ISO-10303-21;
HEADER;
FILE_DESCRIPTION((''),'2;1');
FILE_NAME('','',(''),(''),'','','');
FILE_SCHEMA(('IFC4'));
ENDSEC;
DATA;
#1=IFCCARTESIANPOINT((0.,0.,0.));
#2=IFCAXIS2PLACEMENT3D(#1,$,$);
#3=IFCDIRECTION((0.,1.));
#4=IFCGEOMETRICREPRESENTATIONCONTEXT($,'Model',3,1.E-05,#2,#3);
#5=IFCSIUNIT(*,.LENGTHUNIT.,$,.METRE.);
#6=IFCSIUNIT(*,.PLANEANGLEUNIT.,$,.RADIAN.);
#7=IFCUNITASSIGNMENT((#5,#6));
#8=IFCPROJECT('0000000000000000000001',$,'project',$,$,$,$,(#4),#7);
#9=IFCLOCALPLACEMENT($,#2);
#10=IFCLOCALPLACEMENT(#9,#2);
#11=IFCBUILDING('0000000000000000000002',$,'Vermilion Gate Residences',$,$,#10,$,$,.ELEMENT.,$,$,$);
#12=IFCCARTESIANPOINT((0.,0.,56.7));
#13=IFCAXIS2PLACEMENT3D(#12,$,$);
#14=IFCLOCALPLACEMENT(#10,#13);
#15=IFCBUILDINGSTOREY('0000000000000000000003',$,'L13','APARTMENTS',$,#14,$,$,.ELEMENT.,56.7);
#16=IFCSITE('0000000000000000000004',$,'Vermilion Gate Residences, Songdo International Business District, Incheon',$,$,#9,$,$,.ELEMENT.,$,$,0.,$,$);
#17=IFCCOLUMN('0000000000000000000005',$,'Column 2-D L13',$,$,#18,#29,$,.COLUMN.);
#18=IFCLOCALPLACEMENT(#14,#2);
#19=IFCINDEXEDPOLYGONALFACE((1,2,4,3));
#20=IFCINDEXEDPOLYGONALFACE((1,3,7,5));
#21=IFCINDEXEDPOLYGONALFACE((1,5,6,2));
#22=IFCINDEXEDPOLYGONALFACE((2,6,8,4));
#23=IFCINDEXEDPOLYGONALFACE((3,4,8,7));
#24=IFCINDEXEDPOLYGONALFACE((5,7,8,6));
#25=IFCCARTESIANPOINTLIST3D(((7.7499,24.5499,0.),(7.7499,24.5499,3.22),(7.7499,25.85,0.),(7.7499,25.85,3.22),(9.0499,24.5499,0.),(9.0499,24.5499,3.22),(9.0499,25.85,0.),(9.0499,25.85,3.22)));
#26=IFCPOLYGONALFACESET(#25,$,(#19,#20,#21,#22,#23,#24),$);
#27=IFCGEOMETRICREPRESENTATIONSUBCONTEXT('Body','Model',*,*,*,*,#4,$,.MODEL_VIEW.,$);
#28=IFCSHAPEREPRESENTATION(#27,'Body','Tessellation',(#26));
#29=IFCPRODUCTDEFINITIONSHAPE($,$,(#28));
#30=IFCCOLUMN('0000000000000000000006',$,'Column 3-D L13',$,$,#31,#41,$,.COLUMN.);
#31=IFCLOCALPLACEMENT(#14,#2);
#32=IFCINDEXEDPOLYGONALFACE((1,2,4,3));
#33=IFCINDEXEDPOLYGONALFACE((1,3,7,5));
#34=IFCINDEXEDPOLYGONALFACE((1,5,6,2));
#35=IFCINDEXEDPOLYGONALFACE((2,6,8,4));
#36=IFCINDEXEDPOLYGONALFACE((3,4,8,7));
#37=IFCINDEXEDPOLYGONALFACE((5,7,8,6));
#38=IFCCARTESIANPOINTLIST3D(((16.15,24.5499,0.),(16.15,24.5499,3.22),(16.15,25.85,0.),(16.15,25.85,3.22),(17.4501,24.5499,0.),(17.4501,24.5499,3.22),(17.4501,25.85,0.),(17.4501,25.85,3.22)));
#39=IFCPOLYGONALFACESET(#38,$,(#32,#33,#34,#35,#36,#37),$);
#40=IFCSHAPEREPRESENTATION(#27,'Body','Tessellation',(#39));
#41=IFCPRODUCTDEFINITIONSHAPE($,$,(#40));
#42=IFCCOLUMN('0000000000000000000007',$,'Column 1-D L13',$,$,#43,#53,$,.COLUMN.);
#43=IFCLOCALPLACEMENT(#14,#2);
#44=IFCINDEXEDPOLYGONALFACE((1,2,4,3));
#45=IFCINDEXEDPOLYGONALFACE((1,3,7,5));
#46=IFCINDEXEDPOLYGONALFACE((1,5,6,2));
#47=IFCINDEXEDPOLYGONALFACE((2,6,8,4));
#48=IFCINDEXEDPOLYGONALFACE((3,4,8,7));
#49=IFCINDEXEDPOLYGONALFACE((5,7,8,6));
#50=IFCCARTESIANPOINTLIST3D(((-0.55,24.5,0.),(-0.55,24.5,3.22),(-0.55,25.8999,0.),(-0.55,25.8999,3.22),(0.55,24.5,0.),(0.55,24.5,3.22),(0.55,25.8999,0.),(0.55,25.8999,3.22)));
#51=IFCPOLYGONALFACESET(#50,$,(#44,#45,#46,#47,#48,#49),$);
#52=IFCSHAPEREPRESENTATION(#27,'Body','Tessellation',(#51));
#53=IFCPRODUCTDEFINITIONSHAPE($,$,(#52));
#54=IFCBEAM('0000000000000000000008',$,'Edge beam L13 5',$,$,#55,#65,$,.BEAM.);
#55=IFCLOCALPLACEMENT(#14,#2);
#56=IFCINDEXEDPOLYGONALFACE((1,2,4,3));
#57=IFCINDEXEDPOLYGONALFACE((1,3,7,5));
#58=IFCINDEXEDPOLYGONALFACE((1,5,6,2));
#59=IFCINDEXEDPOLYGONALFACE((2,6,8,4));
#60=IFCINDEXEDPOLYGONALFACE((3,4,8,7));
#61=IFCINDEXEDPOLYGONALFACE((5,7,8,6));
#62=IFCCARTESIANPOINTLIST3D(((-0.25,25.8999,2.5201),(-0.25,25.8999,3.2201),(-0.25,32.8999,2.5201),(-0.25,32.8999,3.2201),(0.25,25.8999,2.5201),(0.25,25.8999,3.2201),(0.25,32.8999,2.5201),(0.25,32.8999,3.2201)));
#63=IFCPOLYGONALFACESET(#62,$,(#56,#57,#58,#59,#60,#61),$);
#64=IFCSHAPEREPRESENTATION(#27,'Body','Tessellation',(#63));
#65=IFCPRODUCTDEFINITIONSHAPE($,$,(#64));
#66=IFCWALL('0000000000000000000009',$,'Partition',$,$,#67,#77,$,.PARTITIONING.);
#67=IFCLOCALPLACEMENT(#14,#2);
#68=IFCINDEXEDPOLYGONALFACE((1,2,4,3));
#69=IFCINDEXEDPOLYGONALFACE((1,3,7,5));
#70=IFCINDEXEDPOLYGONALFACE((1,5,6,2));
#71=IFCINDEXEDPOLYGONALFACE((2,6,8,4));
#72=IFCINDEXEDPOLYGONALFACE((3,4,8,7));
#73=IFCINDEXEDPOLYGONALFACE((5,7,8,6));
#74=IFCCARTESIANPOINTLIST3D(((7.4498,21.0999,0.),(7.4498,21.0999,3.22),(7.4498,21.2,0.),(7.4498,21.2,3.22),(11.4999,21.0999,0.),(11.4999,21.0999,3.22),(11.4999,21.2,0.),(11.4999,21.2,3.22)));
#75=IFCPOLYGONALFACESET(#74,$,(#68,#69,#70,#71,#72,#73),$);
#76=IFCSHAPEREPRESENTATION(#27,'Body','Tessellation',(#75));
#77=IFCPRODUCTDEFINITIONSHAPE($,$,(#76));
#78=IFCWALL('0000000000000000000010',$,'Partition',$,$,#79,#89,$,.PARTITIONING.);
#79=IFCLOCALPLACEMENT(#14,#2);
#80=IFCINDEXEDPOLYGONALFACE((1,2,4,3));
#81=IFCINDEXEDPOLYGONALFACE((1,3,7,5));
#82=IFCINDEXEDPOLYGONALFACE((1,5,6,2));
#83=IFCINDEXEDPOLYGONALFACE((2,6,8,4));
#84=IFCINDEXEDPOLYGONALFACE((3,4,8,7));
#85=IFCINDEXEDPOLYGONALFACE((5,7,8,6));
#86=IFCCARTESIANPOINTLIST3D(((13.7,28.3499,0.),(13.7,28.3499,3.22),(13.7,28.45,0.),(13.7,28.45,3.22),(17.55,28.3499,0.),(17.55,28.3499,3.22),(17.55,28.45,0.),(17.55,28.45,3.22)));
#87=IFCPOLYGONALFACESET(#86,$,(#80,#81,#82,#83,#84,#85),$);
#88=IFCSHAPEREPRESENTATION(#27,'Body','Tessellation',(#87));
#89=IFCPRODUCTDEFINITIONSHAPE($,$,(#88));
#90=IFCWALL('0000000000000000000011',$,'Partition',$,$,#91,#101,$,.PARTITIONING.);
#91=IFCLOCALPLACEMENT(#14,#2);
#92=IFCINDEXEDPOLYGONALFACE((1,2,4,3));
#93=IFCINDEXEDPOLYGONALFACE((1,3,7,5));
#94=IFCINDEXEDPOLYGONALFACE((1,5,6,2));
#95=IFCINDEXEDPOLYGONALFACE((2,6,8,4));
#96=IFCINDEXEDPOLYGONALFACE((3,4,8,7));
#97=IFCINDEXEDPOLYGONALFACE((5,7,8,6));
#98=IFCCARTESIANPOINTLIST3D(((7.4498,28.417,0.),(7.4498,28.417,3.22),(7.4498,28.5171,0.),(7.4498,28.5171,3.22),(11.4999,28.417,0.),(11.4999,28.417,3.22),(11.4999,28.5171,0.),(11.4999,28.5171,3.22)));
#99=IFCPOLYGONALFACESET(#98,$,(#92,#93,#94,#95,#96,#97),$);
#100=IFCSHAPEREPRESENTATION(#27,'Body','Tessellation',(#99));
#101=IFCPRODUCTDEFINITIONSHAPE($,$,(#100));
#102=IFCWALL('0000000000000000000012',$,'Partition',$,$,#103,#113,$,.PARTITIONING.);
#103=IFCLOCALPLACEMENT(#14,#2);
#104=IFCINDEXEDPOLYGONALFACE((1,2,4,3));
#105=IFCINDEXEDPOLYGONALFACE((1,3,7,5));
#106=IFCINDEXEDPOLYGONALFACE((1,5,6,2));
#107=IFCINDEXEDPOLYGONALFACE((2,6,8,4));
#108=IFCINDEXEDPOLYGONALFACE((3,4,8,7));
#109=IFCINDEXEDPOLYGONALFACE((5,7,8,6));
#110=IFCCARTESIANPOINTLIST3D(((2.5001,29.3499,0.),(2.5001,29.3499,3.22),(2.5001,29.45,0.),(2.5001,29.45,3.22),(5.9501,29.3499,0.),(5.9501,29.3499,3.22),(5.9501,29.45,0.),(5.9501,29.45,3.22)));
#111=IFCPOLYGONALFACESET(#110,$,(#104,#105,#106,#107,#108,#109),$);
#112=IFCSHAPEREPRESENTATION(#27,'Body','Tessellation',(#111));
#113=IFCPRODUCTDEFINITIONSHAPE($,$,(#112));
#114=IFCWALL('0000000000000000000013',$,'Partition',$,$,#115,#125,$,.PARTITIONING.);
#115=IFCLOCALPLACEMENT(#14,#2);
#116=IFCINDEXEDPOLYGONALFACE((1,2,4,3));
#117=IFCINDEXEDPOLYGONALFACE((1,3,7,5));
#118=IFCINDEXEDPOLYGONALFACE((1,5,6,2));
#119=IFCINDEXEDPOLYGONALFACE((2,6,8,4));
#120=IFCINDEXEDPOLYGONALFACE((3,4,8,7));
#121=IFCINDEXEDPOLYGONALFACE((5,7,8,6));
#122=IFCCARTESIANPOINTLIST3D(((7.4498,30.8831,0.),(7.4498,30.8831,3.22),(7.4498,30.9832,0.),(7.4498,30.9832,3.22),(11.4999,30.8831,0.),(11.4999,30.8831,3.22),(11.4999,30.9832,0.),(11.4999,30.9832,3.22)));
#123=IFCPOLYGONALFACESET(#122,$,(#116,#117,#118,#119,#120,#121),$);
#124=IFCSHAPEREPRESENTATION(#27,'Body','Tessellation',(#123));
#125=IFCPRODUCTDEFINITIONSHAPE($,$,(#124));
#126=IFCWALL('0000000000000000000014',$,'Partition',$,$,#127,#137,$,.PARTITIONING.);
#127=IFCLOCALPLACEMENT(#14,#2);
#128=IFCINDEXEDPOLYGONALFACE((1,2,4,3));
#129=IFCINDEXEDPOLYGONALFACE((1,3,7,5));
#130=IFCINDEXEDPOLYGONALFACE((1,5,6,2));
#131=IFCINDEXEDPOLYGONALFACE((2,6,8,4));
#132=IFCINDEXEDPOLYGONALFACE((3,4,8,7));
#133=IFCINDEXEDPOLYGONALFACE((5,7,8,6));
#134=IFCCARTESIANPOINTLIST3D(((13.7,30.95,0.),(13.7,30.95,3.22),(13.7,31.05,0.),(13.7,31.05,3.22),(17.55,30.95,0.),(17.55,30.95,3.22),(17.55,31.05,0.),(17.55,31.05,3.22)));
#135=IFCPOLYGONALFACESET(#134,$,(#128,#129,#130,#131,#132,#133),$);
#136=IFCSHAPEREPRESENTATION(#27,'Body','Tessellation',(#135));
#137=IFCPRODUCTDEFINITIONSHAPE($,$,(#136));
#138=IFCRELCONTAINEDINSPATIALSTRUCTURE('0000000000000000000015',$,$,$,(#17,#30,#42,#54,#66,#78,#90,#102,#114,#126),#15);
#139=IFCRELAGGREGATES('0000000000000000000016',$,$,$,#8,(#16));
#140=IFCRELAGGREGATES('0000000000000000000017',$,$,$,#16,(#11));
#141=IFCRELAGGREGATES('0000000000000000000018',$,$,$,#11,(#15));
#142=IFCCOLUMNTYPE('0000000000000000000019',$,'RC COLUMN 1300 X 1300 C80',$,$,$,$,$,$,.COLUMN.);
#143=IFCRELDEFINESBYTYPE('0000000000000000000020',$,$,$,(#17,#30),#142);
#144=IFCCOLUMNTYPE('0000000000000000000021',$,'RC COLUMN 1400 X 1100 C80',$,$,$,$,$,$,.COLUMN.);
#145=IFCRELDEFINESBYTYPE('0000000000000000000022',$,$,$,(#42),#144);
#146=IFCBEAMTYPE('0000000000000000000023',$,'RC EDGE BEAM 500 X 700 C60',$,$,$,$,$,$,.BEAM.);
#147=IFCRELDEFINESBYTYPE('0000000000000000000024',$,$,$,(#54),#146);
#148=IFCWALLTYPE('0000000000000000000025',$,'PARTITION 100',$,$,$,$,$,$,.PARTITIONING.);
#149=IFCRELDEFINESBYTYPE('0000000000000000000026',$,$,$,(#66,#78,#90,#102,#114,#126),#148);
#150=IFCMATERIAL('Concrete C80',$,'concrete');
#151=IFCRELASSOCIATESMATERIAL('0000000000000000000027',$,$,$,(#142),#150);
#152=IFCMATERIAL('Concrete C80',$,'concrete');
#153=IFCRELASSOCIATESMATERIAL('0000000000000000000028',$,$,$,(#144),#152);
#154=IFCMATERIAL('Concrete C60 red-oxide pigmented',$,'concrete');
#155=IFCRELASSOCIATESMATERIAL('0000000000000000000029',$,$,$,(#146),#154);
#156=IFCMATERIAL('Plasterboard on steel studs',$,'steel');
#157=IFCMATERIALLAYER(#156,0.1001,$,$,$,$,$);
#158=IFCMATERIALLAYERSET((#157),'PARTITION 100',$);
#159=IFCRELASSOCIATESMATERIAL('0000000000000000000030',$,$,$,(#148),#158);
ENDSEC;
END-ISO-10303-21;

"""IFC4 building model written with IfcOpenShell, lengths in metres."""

from ifc_helpers import new_model, si_unit, direction, frame, frame_2d, origin, origin_2d, place, context, subcontext, project, spatial, rectangle, extrude, material, layer, layer_set, material_profile, profile_set, type_object, element, save


model = new_model("IFC4")

# Units and contexts
model_context = context("Model", 3, precision=1e-05, world=origin(), true_north=direction((0.0, 1.0)))
body_context = subcontext(model_context, "Body", "Model", "MODEL_VIEW")
ifc_project = project(units=[si_unit("LENGTHUNIT", "METRE"), si_unit("PLANEANGLEUNIT", "RADIAN")], contexts=[model_context])

# Site, building, storey
site_placement = place(None, origin())
site = spatial("IfcSite", under=ifc_project, at=site_placement, Name="Vermilion Gate Residences, Songdo International Business District, Incheon", CompositionType="ELEMENT", RefElevation=0.0)
building_placement = place(site_placement, origin())
building = spatial("IfcBuilding", under=site, at=building_placement, Name="Vermilion Gate Residences", CompositionType="ELEMENT")
storey_placement = place(building_placement, frame((0.0, 0.0, 56.7)))
storey = spatial("IfcBuildingStorey", under=building, at=storey_placement, Name="L13", Description="APARTMENTS", CompositionType="ELEMENT", Elevation=56.7)

# Columns
ifc_material_1 = material(Name="Concrete C80", Category="concrete")
ifc_material_profile_1 = material_profile(ifc_material_1, rectangle(XDim=1.3, YDim=1.3, at=origin_2d()), Name="RC-1300x1300")
ifc_profile_set_1 = profile_set([ifc_material_profile_1], Name="Concrete C80")
column_type_1 = type_object("IfcColumnType", Name="RC COLUMN 1300 X 1300 C80", PredefinedType="COLUMN", material=ifc_profile_set_1)
for number, where, z_axis, x_axis, name in (
    (1, (8.3999, 25.2, 0.0), (0.0, 0.0, 1.0), (1.0, 0.0, 0.0), "Column 2-D L13"),
    (2, (16.8, 25.2, 0.0), (0.0, 0.0, 1.0), (1.0, 0.0, 0.0), "Column 3-D L13"),
):
    element("IfcColumn", number, at=place(storey_placement, frame(where, z_axis=z_axis, x_axis=x_axis)), inside=storey, type_object=column_type_1, Name=name, PredefinedType="COLUMN", context=body_context, shape_type="SweptSolid", body=[
        extrude(rectangle(XDim=1.3, YDim=1.3, at=origin_2d()), origin(), (0.0, 0.0, 1.0), 3.22),
    ])
ifc_material_2 = material(Name="Concrete C80", Category="concrete")
ifc_material_profile_2 = material_profile(ifc_material_2, rectangle(XDim=1.3999, YDim=1.1001, at=origin_2d()), Name="RC-1400x1100")
ifc_profile_set_2 = profile_set([ifc_material_profile_2], Name="Concrete C80")
column_type_2 = type_object("IfcColumnType", Name="RC COLUMN 1400 X 1100 C80", PredefinedType="COLUMN", material=ifc_profile_set_2)
column_placement = place(storey_placement, frame((0.0, 25.2, 0.0), z_axis=(0.0, 0.0, 1.0), x_axis=(0.0, 1.0, 0.0)))
element("IfcColumn", 3, at=column_placement, inside=storey, type_object=column_type_2, Name="Column 1-D L13", PredefinedType="COLUMN", context=body_context, shape_type="SweptSolid", body=[
    extrude(rectangle(XDim=1.3999, YDim=1.1001, at=origin_2d()), origin(), (0.0, 0.0, 1.0), 3.22),
])

# Beam
ifc_material_3 = material(Name="Concrete C60 red-oxide pigmented", Category="concrete")
ifc_material_profile_3 = material_profile(ifc_material_3, rectangle(XDim=0.5, YDim=0.7, at=origin_2d()), Name="RC-500x700")
ifc_profile_set_3 = profile_set([ifc_material_profile_3], Name="Concrete C60 red-oxide pigmented")
beam_type = type_object("IfcBeamType", Name="RC EDGE BEAM 500 X 700 C60", PredefinedType="BEAM", material=ifc_profile_set_3)
beam_placement = place(storey_placement, frame((0.0, 25.8999, 2.8701), z_axis=(0.0, 1.0, 0.0), x_axis=(-1.0, 0.0, 0.0)))
element("IfcBeam", 4, at=beam_placement, inside=storey, type_object=beam_type, Name="Edge beam L13 5", PredefinedType="BEAM", context=body_context, shape_type="SweptSolid", body=[
    extrude(rectangle(XDim=0.5, YDim=0.7, at=origin_2d()), origin(), (0.0, 0.0, 1.0), 7.0),
])

# Walls
ifc_material_4 = material(Name="Plasterboard on steel studs", Category="steel")
ifc_layer_1 = layer(ifc_material_4, 0.1001)
ifc_layer_set_1 = layer_set([ifc_layer_1], Name="PARTITION 100")
wall_type_1 = type_object("IfcWallType", Name="PARTITION 100", PredefinedType="PARTITIONING", material=ifc_layer_set_1)
wall_1_placement = place(storey_placement, frame((7.45, 21.1499, 0.0), z_axis=(0.0, 0.0, 1.0), x_axis=(1.0, 0.0, 0.0)))
element("IfcWall", 5, at=wall_1_placement, inside=storey, type_object=wall_type_1, Name="Partition", PredefinedType="PARTITIONING", context=body_context, shape_type="SweptSolid", body=[
    extrude(rectangle(XDim=4.05, YDim=0.1001, at=frame_2d((2.0249, 0.0))), origin(), (0.0, 0.0, 1.0), 3.22),
])
wall_2_placement = place(storey_placement, frame((13.7, 28.3999, 0.0), z_axis=(0.0, 0.0, 1.0), x_axis=(1.0, 0.0, 0.0)))
element("IfcWall", 6, at=wall_2_placement, inside=storey, type_object=wall_type_1, Name="Partition", PredefinedType="PARTITIONING", context=body_context, shape_type="SweptSolid", body=[
    extrude(rectangle(XDim=3.8501, YDim=0.1001, at=frame_2d((1.925, 0.0))), origin(), (0.0, 0.0, 1.0), 3.22),
])
wall_3_placement = place(storey_placement, frame((7.45, 28.467, 0.0), z_axis=(0.0, 0.0, 1.0), x_axis=(1.0, 0.0, 0.0)))
element("IfcWall", 7, at=wall_3_placement, inside=storey, type_object=wall_type_1, Name="Partition", PredefinedType="PARTITIONING", context=body_context, shape_type="SweptSolid", body=[
    extrude(rectangle(XDim=4.05, YDim=0.1001, at=frame_2d((2.0249, 0.0))), origin(), (0.0, 0.0, 1.0), 3.22),
])
wall_4_placement = place(storey_placement, frame((2.5, 29.3999, 0.0), z_axis=(0.0, 0.0, 1.0), x_axis=(1.0, 0.0, 0.0)))
element("IfcWall", 8, at=wall_4_placement, inside=storey, type_object=wall_type_1, Name="Partition", PredefinedType="PARTITIONING", context=body_context, shape_type="SweptSolid", body=[
    extrude(rectangle(XDim=3.45, YDim=0.1001, at=frame_2d((1.7251, 0.0))), origin(), (0.0, 0.0, 1.0), 3.22),
])
wall_5_placement = place(storey_placement, frame((7.45, 30.9331, 0.0), z_axis=(0.0, 0.0, 1.0), x_axis=(1.0, 0.0, 0.0)))
element("IfcWall", 9, at=wall_5_placement, inside=storey, type_object=wall_type_1, Name="Partition", PredefinedType="PARTITIONING", context=body_context, shape_type="SweptSolid", body=[
    extrude(rectangle(XDim=4.05, YDim=0.1001, at=frame_2d((2.0249, 0.0))), origin(), (0.0, 0.0, 1.0), 3.22),
])
wall_6_placement = place(storey_placement, frame((13.7, 31.0, 0.0), z_axis=(0.0, 0.0, 1.0), x_axis=(1.0, 0.0, 0.0)))
element("IfcWall", 10, at=wall_6_placement, inside=storey, type_object=wall_type_1, Name="Partition", PredefinedType="PARTITIONING", context=body_context, shape_type="SweptSolid", body=[
    extrude(rectangle(XDim=3.8501, YDim=0.1001, at=frame_2d((1.925, 0.0))), origin(), (0.0, 0.0, 1.0), 3.22),
])

save(model, "model.ifc")
